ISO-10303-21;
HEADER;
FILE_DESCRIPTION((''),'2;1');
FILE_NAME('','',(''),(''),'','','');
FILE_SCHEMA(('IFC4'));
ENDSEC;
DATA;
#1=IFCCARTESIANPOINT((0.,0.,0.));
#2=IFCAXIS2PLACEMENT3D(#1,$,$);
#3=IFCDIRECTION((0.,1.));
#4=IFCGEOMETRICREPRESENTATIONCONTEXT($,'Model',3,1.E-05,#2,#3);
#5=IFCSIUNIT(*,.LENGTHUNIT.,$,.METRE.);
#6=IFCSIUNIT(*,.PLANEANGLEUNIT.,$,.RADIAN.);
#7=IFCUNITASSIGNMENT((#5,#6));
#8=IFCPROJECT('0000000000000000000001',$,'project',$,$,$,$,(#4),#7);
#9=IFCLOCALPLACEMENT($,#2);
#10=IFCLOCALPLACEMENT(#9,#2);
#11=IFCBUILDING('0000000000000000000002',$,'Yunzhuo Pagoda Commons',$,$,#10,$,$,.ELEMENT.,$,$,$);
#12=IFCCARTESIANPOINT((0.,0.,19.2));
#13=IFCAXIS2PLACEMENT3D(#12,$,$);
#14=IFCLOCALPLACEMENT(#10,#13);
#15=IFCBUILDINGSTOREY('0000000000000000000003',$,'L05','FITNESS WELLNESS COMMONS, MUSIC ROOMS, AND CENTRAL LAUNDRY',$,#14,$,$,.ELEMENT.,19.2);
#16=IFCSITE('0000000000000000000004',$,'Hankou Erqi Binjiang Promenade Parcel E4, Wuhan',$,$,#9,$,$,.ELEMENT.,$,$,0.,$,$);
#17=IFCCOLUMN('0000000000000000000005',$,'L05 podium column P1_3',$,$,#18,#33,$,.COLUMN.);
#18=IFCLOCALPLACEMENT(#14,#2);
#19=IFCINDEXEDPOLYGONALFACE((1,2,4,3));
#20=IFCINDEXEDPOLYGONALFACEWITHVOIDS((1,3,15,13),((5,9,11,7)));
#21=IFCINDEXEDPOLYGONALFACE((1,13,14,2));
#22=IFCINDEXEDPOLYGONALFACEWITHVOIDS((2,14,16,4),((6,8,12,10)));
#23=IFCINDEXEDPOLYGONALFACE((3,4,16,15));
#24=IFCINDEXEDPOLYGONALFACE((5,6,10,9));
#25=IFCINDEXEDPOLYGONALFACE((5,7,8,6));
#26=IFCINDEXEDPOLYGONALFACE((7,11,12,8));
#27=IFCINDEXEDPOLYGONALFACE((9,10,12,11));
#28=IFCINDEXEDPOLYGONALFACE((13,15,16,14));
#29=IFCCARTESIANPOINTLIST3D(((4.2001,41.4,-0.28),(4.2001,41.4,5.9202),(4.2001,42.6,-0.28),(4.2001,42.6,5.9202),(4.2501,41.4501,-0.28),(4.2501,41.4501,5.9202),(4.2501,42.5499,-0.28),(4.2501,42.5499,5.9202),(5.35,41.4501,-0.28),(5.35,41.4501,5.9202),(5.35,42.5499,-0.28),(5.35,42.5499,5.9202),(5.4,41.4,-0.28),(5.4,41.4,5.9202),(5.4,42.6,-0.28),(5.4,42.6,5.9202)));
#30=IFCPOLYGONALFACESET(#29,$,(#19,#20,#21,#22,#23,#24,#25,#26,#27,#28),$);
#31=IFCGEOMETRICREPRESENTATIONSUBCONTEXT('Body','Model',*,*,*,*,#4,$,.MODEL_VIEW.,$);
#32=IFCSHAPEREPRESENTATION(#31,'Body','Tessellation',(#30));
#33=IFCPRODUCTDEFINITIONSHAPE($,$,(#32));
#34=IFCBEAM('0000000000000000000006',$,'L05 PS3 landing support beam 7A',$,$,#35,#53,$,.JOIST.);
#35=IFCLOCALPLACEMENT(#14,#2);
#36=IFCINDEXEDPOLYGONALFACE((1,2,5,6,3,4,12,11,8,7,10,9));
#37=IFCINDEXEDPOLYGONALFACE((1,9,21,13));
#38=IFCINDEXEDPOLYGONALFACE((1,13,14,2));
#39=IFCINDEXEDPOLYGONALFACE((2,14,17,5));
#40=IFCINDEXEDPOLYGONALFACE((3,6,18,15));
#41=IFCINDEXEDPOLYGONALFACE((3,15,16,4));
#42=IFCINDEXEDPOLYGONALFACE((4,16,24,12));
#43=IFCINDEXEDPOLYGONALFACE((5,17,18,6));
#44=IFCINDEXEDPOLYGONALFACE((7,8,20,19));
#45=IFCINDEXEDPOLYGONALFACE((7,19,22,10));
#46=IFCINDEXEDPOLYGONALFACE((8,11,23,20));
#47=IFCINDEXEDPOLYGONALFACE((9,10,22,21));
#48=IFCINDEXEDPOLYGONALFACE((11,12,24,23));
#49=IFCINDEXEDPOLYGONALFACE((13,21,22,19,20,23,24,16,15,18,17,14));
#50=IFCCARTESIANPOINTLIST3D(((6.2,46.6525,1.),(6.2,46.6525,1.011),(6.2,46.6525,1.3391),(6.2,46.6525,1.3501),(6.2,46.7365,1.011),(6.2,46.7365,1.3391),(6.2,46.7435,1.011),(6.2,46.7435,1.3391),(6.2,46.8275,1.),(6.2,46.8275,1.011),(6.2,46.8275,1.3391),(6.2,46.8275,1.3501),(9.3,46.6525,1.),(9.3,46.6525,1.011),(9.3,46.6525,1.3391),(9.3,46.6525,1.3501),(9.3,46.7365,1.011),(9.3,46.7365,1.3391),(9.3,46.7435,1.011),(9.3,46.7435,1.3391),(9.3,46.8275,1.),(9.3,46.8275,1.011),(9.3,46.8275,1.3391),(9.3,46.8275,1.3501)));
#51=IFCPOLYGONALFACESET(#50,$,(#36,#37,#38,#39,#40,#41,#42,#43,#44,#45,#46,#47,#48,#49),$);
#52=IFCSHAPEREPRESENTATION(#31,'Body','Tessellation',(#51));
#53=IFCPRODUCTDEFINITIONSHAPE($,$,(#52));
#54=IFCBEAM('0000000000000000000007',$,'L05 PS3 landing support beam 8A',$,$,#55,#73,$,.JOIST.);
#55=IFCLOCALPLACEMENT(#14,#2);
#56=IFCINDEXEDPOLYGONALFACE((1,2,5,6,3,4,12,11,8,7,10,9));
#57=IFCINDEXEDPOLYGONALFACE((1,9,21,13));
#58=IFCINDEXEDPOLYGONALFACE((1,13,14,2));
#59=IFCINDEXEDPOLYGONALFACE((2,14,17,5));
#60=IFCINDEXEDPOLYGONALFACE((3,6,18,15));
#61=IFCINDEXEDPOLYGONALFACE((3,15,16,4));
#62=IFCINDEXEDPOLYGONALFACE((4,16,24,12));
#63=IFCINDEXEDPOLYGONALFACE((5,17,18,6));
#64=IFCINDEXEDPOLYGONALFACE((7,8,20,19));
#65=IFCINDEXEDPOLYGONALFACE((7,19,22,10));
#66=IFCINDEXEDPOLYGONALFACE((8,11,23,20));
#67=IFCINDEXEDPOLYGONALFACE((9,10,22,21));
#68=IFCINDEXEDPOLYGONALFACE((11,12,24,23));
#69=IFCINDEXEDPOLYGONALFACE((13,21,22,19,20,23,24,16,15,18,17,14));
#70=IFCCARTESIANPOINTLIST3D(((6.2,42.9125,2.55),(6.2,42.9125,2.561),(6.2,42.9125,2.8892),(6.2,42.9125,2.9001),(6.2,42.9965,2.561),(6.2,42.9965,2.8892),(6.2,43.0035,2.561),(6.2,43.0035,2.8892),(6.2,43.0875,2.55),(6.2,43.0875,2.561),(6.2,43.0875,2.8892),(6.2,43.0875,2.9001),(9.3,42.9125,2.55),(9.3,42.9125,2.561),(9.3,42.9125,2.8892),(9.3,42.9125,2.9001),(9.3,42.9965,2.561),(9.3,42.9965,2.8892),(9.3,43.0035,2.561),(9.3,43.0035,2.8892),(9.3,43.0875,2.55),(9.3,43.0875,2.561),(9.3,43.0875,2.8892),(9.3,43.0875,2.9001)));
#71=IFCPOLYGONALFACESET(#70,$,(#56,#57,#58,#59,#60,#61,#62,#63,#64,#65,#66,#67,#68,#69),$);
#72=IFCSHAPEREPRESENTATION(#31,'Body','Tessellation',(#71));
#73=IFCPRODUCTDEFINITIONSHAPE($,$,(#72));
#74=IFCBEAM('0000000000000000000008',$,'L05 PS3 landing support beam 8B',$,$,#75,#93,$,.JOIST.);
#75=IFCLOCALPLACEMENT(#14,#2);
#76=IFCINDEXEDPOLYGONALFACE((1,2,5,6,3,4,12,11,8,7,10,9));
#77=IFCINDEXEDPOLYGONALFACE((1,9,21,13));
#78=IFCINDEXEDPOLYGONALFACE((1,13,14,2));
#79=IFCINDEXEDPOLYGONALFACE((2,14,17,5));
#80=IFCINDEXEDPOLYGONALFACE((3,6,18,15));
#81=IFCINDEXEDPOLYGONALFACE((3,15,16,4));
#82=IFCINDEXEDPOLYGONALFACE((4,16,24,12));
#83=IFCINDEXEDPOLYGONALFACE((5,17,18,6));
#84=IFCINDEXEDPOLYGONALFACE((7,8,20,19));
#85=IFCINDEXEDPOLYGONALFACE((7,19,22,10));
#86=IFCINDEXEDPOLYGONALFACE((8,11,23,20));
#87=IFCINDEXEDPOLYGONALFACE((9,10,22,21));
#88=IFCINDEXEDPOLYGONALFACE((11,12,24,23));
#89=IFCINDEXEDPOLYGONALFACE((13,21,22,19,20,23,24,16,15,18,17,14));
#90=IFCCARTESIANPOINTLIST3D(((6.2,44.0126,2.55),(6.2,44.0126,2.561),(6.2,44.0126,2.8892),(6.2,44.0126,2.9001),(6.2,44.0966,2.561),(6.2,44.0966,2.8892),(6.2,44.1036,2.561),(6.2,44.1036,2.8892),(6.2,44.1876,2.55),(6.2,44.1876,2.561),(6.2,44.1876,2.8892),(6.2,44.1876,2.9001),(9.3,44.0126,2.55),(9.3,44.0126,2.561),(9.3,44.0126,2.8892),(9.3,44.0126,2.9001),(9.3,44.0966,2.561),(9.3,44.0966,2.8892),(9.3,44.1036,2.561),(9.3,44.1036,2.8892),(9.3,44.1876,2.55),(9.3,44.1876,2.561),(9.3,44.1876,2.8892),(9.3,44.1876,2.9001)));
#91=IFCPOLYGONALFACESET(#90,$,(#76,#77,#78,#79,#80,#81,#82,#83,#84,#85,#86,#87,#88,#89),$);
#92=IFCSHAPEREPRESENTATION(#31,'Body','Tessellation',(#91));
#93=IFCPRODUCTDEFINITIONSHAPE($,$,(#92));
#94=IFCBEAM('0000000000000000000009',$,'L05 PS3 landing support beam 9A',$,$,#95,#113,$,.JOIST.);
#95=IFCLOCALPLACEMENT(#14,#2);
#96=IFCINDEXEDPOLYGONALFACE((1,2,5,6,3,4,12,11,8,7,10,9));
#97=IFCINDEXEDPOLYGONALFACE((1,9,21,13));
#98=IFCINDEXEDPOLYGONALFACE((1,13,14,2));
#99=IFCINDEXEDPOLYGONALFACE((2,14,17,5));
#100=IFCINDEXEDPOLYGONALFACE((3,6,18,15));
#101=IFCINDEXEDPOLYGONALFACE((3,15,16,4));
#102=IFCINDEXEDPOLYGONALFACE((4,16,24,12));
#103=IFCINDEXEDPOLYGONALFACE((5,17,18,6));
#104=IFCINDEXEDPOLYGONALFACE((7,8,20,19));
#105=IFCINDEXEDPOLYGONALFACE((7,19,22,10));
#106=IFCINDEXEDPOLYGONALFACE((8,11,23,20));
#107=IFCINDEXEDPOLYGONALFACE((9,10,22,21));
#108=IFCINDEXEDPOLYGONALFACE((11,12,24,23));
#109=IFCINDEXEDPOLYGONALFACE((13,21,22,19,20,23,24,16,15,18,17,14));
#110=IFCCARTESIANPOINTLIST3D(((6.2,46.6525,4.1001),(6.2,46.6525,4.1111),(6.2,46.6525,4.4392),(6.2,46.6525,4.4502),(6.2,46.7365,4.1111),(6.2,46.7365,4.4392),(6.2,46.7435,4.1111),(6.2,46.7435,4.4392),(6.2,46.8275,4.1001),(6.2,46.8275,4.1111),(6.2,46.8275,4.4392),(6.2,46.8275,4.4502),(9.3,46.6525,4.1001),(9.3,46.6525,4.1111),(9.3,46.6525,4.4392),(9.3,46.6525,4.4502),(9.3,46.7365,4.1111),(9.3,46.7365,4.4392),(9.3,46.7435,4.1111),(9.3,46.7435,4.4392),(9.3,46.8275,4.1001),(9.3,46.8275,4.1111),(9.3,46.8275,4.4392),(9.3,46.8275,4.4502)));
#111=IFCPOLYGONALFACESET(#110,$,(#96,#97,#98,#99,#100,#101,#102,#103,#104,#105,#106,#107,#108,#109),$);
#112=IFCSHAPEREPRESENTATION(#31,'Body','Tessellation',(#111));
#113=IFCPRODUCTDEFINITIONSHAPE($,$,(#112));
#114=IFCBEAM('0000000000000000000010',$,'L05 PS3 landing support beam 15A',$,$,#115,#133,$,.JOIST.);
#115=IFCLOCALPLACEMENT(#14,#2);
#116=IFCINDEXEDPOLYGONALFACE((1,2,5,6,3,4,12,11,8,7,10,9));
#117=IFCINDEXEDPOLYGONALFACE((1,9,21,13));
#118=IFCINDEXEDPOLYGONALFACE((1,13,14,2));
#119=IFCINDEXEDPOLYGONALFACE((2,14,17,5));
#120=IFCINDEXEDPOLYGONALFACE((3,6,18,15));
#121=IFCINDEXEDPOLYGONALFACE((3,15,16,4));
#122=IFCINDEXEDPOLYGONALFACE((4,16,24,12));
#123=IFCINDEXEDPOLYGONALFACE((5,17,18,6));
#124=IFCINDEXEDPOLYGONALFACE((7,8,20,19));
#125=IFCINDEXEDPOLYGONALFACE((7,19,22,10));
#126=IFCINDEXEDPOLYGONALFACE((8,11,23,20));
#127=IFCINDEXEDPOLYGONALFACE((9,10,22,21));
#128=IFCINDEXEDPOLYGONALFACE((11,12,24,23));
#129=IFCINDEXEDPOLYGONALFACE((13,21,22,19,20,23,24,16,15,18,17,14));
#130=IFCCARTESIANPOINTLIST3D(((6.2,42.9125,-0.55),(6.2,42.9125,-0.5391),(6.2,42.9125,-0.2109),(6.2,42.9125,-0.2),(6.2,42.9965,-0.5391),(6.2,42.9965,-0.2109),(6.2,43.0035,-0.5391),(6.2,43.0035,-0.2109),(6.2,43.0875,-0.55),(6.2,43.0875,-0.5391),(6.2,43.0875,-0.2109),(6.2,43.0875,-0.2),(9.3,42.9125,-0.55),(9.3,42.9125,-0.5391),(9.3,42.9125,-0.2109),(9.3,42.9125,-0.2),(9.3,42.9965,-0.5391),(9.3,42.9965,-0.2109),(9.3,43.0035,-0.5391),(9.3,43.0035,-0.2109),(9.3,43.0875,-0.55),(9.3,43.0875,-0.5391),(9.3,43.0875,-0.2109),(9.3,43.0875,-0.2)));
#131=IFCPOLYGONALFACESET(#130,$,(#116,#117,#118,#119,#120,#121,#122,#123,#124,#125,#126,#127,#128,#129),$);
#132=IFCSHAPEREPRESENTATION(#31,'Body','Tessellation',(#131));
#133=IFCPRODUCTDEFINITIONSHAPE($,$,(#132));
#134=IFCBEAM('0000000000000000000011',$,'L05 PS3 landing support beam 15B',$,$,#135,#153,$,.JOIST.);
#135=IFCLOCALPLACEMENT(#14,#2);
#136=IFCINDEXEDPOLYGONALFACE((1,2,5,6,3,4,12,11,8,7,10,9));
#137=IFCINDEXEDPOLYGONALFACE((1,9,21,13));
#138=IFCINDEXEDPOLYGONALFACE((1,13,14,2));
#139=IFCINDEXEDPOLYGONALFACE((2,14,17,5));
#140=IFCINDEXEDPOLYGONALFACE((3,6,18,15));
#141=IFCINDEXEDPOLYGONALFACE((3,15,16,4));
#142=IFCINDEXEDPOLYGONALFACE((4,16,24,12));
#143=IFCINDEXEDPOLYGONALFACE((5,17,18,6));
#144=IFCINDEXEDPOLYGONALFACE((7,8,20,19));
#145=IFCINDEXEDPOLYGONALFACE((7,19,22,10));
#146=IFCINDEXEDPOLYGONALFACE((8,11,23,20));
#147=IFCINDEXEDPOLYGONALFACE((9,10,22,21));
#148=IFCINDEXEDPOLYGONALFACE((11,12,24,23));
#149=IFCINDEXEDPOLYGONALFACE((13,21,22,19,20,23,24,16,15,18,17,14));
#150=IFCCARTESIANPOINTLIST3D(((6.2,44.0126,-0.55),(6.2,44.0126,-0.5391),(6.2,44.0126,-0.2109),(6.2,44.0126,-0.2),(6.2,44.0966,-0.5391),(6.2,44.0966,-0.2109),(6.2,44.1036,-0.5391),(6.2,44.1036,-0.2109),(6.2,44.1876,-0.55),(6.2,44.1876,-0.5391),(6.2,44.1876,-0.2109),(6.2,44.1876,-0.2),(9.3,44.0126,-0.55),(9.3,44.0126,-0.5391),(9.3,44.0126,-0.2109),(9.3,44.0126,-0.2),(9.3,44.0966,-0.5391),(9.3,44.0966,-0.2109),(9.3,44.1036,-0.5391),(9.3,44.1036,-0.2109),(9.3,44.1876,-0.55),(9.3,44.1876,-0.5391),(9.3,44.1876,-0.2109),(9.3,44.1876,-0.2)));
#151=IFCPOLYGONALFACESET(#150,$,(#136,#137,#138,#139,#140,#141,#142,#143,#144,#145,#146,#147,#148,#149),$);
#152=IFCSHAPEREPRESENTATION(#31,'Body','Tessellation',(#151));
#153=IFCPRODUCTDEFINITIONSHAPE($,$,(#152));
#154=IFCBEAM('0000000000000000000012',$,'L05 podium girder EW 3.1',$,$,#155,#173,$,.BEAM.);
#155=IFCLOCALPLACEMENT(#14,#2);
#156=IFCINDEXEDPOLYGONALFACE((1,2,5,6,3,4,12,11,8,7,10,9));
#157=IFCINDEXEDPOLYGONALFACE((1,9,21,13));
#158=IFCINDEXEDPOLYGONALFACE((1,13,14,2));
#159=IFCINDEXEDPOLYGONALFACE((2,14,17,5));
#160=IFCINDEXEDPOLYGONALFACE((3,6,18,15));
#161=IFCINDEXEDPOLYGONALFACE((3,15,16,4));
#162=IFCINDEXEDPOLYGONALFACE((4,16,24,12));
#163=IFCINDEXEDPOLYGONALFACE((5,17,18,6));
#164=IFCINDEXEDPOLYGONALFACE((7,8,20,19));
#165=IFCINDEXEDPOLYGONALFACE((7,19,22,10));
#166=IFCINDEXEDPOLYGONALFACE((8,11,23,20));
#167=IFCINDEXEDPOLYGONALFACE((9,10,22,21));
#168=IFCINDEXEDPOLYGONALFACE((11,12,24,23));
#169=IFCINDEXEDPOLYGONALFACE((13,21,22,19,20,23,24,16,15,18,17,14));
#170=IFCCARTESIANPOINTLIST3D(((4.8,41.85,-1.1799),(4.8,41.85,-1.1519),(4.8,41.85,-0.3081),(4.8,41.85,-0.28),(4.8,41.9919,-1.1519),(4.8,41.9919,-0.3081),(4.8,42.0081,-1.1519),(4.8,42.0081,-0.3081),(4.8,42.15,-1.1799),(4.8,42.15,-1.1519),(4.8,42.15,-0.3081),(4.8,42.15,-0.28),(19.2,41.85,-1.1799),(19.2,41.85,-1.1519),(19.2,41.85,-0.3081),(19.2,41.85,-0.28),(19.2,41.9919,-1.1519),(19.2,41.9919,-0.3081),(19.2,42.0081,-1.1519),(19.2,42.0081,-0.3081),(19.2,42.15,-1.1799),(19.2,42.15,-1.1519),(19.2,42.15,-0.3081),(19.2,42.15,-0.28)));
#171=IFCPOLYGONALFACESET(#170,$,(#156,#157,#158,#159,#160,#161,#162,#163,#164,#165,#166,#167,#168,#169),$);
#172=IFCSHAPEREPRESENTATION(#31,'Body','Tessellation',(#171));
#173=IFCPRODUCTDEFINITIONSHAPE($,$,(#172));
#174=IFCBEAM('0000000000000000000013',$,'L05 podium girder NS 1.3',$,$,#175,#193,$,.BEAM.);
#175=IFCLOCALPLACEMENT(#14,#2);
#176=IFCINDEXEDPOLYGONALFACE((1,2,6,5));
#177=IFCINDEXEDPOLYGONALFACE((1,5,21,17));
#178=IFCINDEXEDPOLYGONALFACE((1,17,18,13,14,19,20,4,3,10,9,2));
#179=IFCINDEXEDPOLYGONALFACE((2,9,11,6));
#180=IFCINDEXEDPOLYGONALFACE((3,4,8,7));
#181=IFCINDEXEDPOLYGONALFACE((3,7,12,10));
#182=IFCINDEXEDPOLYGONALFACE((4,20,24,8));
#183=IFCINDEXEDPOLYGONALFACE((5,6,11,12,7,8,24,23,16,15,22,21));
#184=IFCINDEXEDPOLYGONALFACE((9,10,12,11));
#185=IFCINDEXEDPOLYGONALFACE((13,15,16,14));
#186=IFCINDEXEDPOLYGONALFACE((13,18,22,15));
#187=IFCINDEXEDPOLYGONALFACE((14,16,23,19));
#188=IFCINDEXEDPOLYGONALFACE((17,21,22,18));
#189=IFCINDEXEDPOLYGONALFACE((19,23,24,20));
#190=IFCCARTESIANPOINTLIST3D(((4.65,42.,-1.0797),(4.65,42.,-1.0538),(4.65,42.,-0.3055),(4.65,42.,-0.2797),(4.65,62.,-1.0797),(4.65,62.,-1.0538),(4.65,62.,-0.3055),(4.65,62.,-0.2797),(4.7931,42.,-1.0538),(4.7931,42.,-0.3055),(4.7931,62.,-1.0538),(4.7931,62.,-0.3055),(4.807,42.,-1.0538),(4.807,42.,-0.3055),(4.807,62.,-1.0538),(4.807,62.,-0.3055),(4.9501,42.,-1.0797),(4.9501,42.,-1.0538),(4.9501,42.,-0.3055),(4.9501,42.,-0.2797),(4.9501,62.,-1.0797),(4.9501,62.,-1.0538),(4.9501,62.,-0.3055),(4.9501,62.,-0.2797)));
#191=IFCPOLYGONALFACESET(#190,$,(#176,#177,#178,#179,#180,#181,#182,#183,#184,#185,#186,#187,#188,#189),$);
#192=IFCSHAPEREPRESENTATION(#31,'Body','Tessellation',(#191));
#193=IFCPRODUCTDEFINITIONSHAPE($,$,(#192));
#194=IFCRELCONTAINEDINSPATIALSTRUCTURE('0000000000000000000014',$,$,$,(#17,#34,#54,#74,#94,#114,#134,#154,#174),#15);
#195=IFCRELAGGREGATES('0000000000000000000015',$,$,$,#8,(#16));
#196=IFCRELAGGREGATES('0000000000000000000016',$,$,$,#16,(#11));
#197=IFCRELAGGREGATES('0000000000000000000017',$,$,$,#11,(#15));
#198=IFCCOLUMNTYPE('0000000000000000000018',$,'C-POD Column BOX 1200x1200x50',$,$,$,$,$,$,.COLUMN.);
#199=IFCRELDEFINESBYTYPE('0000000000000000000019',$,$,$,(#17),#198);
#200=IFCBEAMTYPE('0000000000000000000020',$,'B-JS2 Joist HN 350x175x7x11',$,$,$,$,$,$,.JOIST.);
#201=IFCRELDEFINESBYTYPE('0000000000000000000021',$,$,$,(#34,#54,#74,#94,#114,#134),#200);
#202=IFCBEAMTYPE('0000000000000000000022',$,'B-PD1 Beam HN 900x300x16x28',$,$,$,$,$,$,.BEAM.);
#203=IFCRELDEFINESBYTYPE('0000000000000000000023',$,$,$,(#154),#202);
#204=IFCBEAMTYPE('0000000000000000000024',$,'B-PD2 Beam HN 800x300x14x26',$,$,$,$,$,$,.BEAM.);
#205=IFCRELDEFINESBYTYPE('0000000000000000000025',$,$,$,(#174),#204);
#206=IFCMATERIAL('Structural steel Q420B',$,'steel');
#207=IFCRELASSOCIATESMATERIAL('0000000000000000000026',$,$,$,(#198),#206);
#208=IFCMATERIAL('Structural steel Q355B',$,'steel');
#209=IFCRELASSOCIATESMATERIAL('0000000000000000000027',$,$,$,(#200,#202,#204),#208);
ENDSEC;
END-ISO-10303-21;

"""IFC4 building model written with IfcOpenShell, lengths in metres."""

from ifc_helpers import new_model, si_unit, direction, frame, origin, origin_2d, place, context, subcontext, project, spatial, hollow_rectangle, i_section, extrude, source, transform, mapped, material, material_profile, profile_set, type_object, element, save


model = new_model("IFC4")

# Units and contexts
model_context = context("Model", 3, precision=1e-05, world=origin(), true_north=direction((0.0, 1.0)))
body_context = subcontext(model_context, "Body", "Model", "MODEL_VIEW")
ifc_project = project(units=[si_unit("LENGTHUNIT", "METRE"), si_unit("PLANEANGLEUNIT", "RADIAN")], contexts=[model_context])

# Site, building, storey
site_placement = place(None, origin())
site = spatial("IfcSite", under=ifc_project, at=site_placement, Name="Hankou Erqi Binjiang Promenade Parcel E4, Wuhan", CompositionType="ELEMENT", RefElevation=0.0)
building_placement = place(site_placement, origin())
building = spatial("IfcBuilding", under=site, at=building_placement, Name="Yunzhuo Pagoda Commons", CompositionType="ELEMENT")
storey_placement = place(building_placement, frame((0.0, 0.0, 19.2)))
storey = spatial("IfcBuildingStorey", under=building, at=storey_placement, Name="L05", Description="FITNESS WELLNESS COMMONS, MUSIC ROOMS, AND CENTRAL LAUNDRY", CompositionType="ELEMENT", Elevation=19.2)

# Column
ifc_material_1 = material(Name="Structural steel Q420B", Category="steel")
ifc_material_profile_1 = material_profile(ifc_material_1, hollow_rectangle(XDim=1.2, YDim=1.2, WallThickness=0.05, at=origin_2d()), Name="Structural steel Q420B")
ifc_profile_set_1 = profile_set([ifc_material_profile_1], Name="Structural steel Q420B")
column_type = type_object("IfcColumnType", Name="C-POD Column BOX 1200x1200x50", PredefinedType="COLUMN", material=ifc_profile_set_1)
shared_shape_1 = source(origin(), body_context, "Body", "SweptSolid", [
    extrude(hollow_rectangle(XDim=1.2, YDim=1.2, WallThickness=0.05, at=origin_2d()), origin(), (0.0, 0.0, 1.0), 6.2002),
])
column_placement = place(storey_placement, frame((4.8, 42.0, -0.28), z_axis=(0.0, 0.0, 1.0), x_axis=(1.0, 0.0, 0.0)))
element("IfcColumn", 1, at=column_placement, inside=storey, type_object=column_type, Name="L05 podium column P1_3", PredefinedType="COLUMN", context=body_context, shape_type="MappedRepresentation", body=[
    mapped(shared_shape_1, transform((0.0, 0.0, 0.0), scale=1.0)),
])

# Beams
ifc_material_2 = material(Name="Structural steel Q355B", Category="steel")
ifc_material_profile_2 = material_profile(ifc_material_2, i_section(OverallWidth=0.175, OverallDepth=0.3501, WebThickness=0.0071, FlangeThickness=0.011, at=origin_2d()), Name="Structural steel Q355B")
ifc_profile_set_2 = profile_set([ifc_material_profile_2], Name="Structural steel Q355B")
beam_type_1 = type_object("IfcBeamType", Name="B-JS2 Joist HN 350x175x7x11", PredefinedType="JOIST", material=ifc_profile_set_2)
shared_shape_2 = source(origin(), body_context, "Body", "SweptSolid", [
    extrude(i_section(OverallWidth=0.175, OverallDepth=0.3501, WebThickness=0.0071, FlangeThickness=0.011, at=origin_2d()), origin(), (0.0, 0.0, 1.0), 3.1001),
])
for number, where, z_axis, x_axis, name in (
    (2, (6.2, 46.74, 1.175), (1.0, 0.0, 0.0), (0.0, 1.0, 0.0), "L05 PS3 landing support beam 7A"),
    (3, (6.2, 43.0, 2.7251), (1.0, 0.0, 0.0), (0.0, 1.0, 0.0), "L05 PS3 landing support beam 8A"),
    (4, (6.2, 44.1001, 2.7251), (1.0, 0.0, 0.0), (0.0, 1.0, 0.0), "L05 PS3 landing support beam 8B"),
    (5, (6.2, 46.74, 4.2751), (1.0, 0.0, 0.0), (0.0, 1.0, 0.0), "L05 PS3 landing support beam 9A"),
    (6, (6.2, 43.0, -0.375), (1.0, 0.0, 0.0), (0.0, 1.0, 0.0), "L05 PS3 landing support beam 15A"),
    (7, (6.2, 44.1001, -0.375), (1.0, 0.0, 0.0), (0.0, 1.0, 0.0), "L05 PS3 landing support beam 15B"),
):
    element("IfcBeam", number, at=place(storey_placement, frame(where, z_axis=z_axis, x_axis=x_axis)), inside=storey, type_object=beam_type_1, Name=name, PredefinedType="JOIST", context=body_context, shape_type="MappedRepresentation", body=[
        mapped(shared_shape_2, transform((0.0, 0.0, 0.0), scale=1.0)),
    ])
ifc_material_profile_3 = material_profile(ifc_material_2, i_section(OverallWidth=0.3, OverallDepth=0.8999, WebThickness=0.0161, FlangeThickness=0.0281, at=origin_2d()), Name="Structural steel Q355B")
ifc_profile_set_3 = profile_set([ifc_material_profile_3], Name="Structural steel Q355B")
beam_type_2 = type_object("IfcBeamType", Name="B-PD1 Beam HN 900x300x16x28", PredefinedType="BEAM", material=ifc_profile_set_3)
shared_shape_3 = source(origin(), body_context, "Body", "SweptSolid", [
    extrude(i_section(OverallWidth=0.3, OverallDepth=0.8999, WebThickness=0.0161, FlangeThickness=0.0281, at=origin_2d()), origin(), (0.0, 0.0, 1.0), 14.3999),
])
beam_1_placement = place(storey_placement, frame((4.8, 42.0, -0.73), z_axis=(1.0, 0.0, 0.0), x_axis=(0.0, 1.0, 0.0)))
element("IfcBeam", 8, at=beam_1_placement, inside=storey, type_object=beam_type_2, Name="L05 podium girder EW 3.1", PredefinedType="BEAM", context=body_context, shape_type="MappedRepresentation", body=[
    mapped(shared_shape_3, transform((0.0, 0.0, 0.0), scale=1.0)),
])
ifc_material_profile_4 = material_profile(ifc_material_2, i_section(OverallWidth=0.3, OverallDepth=0.8, WebThickness=0.0139, FlangeThickness=0.0259, at=origin_2d()), Name="Structural steel Q355B")
ifc_profile_set_4 = profile_set([ifc_material_profile_4], Name="Structural steel Q355B")
beam_type_3 = type_object("IfcBeamType", Name="B-PD2 Beam HN 800x300x14x26", PredefinedType="BEAM", material=ifc_profile_set_4)
shared_shape_4 = source(origin(), body_context, "Body", "SweptSolid", [
    extrude(i_section(OverallWidth=0.3, OverallDepth=0.8, WebThickness=0.0139, FlangeThickness=0.0259, at=origin_2d()), origin(), (0.0, 0.0, 1.0), 20.0),
])
beam_2_placement = place(storey_placement, frame((4.8, 42.0, -0.6797), z_axis=(0.0, 1.0, 0.0), x_axis=(-1.0, 0.0, 0.0)))
element("IfcBeam", 9, at=beam_2_placement, inside=storey, type_object=beam_type_3, Name="L05 podium girder NS 1.3", PredefinedType="BEAM", context=body_context, shape_type="MappedRepresentation", body=[
    mapped(shared_shape_4, transform((0.0, 0.0, 0.0), scale=1.0)),
])

save(model, "model.ifc")
